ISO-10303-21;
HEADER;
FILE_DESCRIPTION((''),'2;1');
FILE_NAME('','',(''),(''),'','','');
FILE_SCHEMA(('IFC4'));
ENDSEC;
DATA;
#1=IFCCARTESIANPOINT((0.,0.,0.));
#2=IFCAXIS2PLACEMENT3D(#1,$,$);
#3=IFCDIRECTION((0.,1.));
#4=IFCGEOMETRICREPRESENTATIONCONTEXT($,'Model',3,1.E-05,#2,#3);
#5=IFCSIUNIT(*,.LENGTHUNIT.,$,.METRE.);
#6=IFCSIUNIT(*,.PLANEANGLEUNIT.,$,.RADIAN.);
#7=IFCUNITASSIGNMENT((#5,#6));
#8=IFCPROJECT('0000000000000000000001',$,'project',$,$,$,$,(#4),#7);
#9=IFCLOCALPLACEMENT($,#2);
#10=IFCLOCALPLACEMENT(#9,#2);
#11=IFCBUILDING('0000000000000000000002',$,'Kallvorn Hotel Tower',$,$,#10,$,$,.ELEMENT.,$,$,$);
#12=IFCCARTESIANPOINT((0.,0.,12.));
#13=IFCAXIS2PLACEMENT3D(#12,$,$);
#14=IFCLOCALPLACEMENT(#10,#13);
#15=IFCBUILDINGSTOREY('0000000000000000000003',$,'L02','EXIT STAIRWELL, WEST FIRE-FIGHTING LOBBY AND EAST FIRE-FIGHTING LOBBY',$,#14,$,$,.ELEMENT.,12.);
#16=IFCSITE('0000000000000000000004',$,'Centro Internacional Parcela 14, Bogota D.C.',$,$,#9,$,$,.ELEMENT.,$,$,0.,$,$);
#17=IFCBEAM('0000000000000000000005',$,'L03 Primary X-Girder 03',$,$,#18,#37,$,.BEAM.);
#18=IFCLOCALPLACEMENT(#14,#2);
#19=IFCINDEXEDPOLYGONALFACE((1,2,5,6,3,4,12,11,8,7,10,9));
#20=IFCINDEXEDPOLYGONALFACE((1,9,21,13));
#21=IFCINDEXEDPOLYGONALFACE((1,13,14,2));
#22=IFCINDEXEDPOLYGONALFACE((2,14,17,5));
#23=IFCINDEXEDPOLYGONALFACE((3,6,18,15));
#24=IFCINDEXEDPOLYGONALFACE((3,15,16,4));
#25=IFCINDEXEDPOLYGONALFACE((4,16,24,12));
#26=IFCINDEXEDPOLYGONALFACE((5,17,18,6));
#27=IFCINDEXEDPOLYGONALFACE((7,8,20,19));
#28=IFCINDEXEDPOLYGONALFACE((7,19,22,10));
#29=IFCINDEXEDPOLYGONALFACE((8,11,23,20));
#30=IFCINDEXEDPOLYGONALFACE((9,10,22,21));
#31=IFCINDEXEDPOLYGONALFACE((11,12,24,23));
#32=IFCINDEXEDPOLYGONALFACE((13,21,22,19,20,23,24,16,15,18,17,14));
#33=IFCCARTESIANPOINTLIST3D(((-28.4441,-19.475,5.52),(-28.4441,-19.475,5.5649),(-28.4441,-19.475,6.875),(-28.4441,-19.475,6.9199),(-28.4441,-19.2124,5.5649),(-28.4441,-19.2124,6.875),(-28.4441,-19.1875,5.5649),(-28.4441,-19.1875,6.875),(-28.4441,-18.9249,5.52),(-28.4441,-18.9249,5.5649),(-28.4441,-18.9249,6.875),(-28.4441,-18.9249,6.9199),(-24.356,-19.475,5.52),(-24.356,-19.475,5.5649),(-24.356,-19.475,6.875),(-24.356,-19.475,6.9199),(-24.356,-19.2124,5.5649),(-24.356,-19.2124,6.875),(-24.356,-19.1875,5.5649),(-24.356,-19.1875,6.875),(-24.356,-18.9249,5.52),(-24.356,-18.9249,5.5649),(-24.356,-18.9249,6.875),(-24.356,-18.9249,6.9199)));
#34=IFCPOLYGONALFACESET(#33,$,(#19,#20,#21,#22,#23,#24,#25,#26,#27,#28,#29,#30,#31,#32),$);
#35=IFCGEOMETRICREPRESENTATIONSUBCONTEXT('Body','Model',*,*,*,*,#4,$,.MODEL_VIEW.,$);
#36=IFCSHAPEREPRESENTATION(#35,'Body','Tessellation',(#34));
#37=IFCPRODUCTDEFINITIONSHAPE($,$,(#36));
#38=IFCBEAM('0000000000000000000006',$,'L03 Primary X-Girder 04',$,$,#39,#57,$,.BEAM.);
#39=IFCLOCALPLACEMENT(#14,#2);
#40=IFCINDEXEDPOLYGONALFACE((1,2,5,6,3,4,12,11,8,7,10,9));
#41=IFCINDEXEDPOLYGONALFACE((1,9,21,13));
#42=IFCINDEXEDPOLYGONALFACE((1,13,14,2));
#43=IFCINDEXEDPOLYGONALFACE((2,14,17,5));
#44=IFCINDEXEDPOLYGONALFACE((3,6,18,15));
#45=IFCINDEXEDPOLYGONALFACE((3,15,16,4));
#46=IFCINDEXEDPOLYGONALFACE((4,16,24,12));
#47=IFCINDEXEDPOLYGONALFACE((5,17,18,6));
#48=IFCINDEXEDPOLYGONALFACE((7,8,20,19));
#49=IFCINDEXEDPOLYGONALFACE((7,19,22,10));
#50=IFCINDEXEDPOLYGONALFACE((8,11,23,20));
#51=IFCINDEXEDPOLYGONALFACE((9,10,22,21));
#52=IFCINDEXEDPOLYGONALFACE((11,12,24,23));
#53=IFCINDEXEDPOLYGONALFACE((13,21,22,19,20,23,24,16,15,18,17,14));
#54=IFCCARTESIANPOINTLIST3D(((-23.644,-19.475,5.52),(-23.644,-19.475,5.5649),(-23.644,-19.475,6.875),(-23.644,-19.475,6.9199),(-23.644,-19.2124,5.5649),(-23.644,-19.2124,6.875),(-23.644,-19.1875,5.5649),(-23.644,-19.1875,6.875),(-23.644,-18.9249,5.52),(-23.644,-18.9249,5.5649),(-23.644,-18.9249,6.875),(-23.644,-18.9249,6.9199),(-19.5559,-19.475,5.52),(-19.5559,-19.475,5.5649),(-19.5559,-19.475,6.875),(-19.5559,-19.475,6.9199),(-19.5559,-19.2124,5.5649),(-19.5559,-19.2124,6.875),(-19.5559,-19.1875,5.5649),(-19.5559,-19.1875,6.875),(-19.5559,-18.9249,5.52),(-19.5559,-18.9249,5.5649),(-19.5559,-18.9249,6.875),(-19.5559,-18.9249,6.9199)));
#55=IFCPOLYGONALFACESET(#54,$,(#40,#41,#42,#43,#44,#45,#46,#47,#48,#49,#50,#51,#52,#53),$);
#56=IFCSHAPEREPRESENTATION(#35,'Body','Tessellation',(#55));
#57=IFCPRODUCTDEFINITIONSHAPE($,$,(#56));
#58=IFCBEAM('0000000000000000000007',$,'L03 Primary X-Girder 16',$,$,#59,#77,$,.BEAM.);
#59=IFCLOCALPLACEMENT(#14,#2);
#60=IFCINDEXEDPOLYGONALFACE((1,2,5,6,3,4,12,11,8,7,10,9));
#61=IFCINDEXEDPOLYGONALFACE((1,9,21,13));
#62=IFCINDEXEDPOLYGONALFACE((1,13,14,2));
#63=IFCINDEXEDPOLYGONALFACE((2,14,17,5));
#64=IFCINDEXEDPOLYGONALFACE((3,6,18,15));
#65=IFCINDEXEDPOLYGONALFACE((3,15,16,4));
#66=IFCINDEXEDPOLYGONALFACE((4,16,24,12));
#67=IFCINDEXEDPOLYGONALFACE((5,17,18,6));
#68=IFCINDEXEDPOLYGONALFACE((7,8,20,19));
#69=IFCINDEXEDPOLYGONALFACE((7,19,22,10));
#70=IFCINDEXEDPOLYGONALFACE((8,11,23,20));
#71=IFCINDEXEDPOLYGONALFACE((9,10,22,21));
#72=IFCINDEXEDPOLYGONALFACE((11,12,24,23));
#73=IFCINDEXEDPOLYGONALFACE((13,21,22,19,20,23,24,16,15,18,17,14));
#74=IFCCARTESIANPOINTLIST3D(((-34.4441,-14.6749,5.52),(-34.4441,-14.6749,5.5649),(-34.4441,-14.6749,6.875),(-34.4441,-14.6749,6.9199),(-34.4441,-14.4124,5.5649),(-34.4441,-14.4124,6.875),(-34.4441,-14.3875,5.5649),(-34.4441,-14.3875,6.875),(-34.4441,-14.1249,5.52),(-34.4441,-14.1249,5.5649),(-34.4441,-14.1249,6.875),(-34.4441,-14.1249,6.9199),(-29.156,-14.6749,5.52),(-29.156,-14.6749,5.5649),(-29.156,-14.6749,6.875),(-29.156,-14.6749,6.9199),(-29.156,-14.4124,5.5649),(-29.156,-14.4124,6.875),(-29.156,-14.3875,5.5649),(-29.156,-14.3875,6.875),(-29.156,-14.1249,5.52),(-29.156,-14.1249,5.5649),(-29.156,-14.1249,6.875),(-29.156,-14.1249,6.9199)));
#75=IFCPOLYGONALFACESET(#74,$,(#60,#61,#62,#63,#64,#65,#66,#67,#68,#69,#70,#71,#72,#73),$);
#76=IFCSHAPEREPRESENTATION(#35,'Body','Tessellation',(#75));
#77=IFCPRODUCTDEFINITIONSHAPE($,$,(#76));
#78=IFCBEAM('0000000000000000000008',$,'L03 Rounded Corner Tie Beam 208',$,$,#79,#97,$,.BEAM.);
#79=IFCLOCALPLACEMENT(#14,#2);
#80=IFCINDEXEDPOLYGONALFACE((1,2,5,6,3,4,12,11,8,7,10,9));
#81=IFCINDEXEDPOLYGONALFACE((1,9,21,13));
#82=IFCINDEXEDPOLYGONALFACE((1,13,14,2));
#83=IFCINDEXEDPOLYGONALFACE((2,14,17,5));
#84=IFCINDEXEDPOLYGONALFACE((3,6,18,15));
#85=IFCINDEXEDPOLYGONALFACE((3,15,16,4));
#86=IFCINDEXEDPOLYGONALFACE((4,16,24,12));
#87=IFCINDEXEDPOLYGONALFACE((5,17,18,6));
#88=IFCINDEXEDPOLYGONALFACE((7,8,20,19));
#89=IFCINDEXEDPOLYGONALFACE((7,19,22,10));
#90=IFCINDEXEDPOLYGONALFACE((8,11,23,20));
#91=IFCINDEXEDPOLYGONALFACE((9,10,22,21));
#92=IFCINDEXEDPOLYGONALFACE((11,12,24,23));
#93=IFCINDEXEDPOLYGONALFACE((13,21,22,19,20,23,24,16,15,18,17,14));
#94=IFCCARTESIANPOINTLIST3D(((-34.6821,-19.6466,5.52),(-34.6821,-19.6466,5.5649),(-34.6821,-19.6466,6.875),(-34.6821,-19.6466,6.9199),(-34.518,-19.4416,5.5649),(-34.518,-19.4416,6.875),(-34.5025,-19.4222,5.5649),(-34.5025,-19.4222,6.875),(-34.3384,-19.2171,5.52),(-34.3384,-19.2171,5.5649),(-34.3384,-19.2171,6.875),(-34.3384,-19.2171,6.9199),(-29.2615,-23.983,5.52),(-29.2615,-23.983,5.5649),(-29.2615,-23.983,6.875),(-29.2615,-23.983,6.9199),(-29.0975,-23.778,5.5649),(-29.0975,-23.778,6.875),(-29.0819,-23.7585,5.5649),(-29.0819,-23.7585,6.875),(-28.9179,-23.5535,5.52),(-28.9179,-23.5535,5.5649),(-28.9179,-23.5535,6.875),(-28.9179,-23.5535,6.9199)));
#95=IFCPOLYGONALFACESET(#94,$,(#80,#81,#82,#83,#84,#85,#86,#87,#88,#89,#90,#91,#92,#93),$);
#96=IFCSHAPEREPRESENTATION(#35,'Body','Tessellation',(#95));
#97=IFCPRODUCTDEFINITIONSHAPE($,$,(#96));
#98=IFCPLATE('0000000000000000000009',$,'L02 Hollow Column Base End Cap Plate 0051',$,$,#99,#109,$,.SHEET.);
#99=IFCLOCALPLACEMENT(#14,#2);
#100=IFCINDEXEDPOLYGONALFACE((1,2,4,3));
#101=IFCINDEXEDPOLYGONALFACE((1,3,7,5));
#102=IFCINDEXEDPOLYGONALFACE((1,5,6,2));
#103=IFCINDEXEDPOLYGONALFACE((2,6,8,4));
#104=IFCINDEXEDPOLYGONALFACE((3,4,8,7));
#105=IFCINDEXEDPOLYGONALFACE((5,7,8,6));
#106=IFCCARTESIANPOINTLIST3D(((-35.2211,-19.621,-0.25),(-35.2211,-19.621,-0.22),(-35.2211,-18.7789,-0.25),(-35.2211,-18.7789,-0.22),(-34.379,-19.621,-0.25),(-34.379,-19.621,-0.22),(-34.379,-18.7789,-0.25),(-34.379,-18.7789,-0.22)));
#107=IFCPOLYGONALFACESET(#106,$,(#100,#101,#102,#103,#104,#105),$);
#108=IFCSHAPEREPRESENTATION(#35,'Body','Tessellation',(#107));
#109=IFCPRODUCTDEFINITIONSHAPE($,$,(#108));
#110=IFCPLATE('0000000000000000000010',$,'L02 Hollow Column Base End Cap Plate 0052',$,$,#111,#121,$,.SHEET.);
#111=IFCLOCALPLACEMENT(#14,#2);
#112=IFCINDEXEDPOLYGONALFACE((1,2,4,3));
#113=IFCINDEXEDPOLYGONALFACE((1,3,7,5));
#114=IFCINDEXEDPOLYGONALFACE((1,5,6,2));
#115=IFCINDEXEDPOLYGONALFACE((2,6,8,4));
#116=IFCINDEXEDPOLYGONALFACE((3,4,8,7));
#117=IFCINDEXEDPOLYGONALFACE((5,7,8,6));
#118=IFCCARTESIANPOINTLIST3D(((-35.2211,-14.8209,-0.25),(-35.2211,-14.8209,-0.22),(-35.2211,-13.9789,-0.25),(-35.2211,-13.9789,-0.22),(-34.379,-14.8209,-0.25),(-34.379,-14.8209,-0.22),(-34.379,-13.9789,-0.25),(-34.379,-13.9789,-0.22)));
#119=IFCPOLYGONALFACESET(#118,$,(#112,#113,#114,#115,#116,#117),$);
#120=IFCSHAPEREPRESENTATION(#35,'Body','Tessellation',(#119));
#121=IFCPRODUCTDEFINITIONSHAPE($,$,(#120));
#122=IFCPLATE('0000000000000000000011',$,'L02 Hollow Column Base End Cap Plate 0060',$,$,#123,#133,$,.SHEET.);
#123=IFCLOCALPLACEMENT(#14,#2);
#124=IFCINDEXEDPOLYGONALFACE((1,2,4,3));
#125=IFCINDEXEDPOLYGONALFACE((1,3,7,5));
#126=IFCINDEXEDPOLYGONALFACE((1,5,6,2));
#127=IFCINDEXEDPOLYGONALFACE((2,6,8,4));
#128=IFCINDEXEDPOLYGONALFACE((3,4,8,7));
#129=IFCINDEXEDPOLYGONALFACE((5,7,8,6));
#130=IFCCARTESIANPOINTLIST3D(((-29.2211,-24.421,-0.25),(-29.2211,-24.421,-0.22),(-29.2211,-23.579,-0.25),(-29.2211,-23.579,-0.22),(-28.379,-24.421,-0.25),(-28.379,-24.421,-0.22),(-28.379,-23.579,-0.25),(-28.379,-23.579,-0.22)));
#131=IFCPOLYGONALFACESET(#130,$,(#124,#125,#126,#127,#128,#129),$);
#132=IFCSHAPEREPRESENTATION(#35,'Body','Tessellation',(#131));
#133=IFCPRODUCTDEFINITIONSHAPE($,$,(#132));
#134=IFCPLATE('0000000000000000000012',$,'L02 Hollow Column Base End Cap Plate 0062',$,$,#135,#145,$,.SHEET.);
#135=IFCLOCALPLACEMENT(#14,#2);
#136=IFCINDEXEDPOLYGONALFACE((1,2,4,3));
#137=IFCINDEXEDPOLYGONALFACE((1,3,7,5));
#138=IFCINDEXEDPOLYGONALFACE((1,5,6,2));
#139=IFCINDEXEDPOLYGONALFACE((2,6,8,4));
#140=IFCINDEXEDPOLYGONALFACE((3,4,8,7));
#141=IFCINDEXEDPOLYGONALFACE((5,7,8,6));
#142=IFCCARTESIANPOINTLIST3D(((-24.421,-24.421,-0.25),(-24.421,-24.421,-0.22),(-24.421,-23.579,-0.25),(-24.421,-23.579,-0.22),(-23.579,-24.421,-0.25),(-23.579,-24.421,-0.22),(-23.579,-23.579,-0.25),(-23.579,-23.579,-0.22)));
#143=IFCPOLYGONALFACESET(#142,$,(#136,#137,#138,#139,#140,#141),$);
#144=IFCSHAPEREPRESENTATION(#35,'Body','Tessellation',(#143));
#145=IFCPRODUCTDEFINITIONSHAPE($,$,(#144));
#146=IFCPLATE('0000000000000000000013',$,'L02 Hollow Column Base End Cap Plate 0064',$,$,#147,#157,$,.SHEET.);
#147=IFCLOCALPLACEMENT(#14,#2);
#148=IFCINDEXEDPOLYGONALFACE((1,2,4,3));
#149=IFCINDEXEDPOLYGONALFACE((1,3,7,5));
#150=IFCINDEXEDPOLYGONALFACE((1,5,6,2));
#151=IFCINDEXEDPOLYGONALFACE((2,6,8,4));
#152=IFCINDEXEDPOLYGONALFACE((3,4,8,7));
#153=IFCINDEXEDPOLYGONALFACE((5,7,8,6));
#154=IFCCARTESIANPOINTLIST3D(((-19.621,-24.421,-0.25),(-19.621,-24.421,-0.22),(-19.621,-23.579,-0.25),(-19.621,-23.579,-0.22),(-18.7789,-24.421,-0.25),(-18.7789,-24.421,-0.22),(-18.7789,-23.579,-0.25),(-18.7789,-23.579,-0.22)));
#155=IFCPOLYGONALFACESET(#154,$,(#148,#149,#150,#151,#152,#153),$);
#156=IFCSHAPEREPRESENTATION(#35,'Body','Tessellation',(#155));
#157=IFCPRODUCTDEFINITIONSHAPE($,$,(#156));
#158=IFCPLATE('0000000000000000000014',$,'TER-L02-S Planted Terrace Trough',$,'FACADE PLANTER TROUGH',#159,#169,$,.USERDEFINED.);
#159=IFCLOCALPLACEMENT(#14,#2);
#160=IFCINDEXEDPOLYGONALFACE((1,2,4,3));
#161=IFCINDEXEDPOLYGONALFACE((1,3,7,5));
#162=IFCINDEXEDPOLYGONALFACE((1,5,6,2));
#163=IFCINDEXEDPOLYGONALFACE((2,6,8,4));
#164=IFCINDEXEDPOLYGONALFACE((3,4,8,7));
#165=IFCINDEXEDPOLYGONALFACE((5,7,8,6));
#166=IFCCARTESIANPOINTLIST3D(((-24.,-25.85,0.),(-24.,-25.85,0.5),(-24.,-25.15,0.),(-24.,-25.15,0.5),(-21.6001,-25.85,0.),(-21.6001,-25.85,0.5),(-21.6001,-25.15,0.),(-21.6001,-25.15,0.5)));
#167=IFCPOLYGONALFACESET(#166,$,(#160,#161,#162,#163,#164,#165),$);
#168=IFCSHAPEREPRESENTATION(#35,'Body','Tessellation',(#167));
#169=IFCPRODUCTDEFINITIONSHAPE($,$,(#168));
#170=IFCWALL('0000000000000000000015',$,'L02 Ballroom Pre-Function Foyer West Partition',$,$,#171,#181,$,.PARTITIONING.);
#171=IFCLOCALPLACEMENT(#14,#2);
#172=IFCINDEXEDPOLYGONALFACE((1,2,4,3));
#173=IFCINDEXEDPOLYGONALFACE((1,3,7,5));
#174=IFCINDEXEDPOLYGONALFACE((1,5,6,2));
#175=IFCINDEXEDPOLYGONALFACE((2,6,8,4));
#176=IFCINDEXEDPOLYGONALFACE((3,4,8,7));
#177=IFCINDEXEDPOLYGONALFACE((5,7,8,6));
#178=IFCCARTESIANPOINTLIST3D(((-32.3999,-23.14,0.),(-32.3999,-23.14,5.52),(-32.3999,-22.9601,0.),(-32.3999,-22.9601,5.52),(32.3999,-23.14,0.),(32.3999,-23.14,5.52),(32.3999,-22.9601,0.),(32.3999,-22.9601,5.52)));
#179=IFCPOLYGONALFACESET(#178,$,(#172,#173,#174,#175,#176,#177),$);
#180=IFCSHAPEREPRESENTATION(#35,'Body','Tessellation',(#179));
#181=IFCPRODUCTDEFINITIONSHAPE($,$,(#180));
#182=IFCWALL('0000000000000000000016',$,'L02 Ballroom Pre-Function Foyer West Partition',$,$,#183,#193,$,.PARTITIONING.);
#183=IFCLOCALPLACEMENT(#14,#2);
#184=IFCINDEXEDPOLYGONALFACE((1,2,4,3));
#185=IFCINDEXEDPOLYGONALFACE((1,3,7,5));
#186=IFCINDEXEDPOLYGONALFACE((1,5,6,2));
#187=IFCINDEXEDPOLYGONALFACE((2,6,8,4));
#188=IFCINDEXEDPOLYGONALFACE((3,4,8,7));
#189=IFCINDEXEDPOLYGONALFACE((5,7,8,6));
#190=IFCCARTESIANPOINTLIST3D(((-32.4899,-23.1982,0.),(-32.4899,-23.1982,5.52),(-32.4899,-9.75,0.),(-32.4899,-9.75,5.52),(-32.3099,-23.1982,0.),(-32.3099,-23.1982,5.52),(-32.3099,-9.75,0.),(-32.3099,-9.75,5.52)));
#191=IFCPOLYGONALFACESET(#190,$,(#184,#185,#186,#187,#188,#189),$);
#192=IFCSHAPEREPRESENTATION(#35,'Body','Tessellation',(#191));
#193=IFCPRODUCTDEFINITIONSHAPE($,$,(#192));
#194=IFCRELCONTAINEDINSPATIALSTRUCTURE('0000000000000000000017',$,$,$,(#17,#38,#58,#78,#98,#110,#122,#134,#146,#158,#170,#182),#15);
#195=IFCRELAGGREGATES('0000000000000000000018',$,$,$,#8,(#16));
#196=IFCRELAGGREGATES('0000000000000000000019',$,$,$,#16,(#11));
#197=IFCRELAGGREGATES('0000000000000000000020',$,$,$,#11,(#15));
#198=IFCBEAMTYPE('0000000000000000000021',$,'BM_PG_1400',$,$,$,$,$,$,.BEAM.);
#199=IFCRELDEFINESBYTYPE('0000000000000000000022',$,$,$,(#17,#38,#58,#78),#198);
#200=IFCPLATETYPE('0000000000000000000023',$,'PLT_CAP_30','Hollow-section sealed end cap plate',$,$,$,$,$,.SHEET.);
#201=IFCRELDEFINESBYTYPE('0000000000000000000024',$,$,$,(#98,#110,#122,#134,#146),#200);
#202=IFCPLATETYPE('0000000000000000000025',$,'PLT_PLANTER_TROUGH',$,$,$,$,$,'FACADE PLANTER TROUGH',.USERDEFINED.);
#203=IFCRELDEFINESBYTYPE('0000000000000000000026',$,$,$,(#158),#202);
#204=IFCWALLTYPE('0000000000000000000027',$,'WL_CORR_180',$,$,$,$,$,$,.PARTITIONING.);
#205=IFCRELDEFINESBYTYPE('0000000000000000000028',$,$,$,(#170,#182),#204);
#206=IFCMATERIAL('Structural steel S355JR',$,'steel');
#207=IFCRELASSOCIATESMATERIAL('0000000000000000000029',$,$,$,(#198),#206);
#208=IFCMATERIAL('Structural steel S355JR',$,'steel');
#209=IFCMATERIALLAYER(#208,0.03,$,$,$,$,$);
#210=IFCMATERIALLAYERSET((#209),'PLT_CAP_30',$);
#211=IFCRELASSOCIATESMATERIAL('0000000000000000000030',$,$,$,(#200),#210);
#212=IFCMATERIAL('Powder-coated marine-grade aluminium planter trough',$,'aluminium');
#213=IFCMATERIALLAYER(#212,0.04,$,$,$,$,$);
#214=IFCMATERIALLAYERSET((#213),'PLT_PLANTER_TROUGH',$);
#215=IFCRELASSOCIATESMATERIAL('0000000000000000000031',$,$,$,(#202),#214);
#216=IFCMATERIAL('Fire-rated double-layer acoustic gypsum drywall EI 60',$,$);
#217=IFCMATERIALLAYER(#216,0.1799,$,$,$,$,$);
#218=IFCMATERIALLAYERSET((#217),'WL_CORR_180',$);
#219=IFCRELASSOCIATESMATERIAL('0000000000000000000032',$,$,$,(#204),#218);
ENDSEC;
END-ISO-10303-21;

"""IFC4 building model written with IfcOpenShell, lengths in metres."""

from ifc_helpers import new_model, si_unit, direction, frame, frame_2d, origin, origin_2d, place, context, subcontext, project, spatial, rectangle, i_section, extrude, material, layer, layer_set, material_profile, profile_set, type_object, element, save


model = new_model("IFC4")

# Units and contexts
model_context = context("Model", 3, precision=1e-05, world=origin(), true_north=direction((0.0, 1.0)))
body_context = subcontext(model_context, "Body", "Model", "MODEL_VIEW")
ifc_project = project(units=[si_unit("LENGTHUNIT", "METRE"), si_unit("PLANEANGLEUNIT", "RADIAN")], contexts=[model_context])

# Site, building, storey
site_placement = place(None, origin())
site = spatial("IfcSite", under=ifc_project, at=site_placement, Name="Centro Internacional Parcela 14, Bogota D.C.", CompositionType="ELEMENT", RefElevation=0.0)
building_placement = place(site_placement, origin())
building = spatial("IfcBuilding", under=site, at=building_placement, Name="Kallvorn Hotel Tower", CompositionType="ELEMENT")
storey_placement = place(building_placement, frame((0.0, 0.0, 12.0)))
storey = spatial("IfcBuildingStorey", under=building, at=storey_placement, Name="L02", Description="EXIT STAIRWELL, WEST FIRE-FIGHTING LOBBY AND EAST FIRE-FIGHTING LOBBY", CompositionType="ELEMENT", Elevation=12.0)

# Beams
ifc_material_1 = material(Name="Structural steel S355JR", Category="steel")
ifc_material_profile_1 = material_profile(ifc_material_1, i_section(OverallWidth=0.55, OverallDepth=1.3999, WebThickness=0.0249, FlangeThickness=0.0449, at=origin_2d()), Name="PG 1400x550x25x45")
ifc_profile_set_1 = profile_set([ifc_material_profile_1], Name="Structural steel S355JR")
beam_type_1 = type_object("IfcBeamType", Name="BM_PG_1400", PredefinedType="BEAM", material=ifc_profile_set_1)
for number, where, z_axis, x_axis, name in (
    (1, (-28.4441, -19.2, 6.22), (1.0, 0.0, 0.0), (0.0, 1.0, 0.0), "L03 Primary X-Girder 03"),
    (2, (-23.644, -19.2, 6.22), (1.0, 0.0, 0.0), (0.0, 1.0, 0.0), "L03 Primary X-Girder 04"),
):
    element("IfcBeam", number, at=place(storey_placement, frame(where, z_axis=z_axis, x_axis=x_axis)), inside=storey, type_object=beam_type_1, Name=name, PredefinedType="BEAM", context=body_context, shape_type="SweptSolid", body=[
        extrude(i_section(OverallWidth=0.55, OverallDepth=1.3999, WebThickness=0.0249, FlangeThickness=0.0449, at=origin_2d()), origin(), (0.0, 0.0, 1.0), 4.0881),
    ])
beam_1_placement = place(storey_placement, frame((-34.4441, -14.3999, 6.22), z_axis=(1.0, 0.0, 0.0), x_axis=(0.0, 1.0, 0.0)))
element("IfcBeam", 3, at=beam_1_placement, inside=storey, type_object=beam_type_1, Name="L03 Primary X-Girder 16", PredefinedType="BEAM", context=body_context, shape_type="SweptSolid", body=[
    extrude(i_section(OverallWidth=0.55, OverallDepth=1.3999, WebThickness=0.0249, FlangeThickness=0.0449, at=origin_2d()), origin(), (0.0, 0.0, 1.0), 5.2881),
])
beam_2_placement = place(storey_placement, frame((-34.5103, -19.4319, 6.22), z_axis=(0.780876, -0.624686, 0.0), x_axis=(0.624686, 0.780876, 0.0)))
element("IfcBeam", 4, at=beam_2_placement, inside=storey, type_object=beam_type_1, Name="L03 Rounded Corner Tie Beam 208", PredefinedType="BEAM", context=body_context, shape_type="SweptSolid", body=[
    extrude(i_section(OverallWidth=0.55, OverallDepth=1.3999, WebThickness=0.0249, FlangeThickness=0.0449, at=origin_2d()), origin(), (0.0, 0.0, 1.0), 6.9417),
])

# Plates
ifc_material_2 = material(Name="Structural steel S355JR", Category="steel")
ifc_layer_1 = layer(ifc_material_2, 0.03)
ifc_layer_set_1 = layer_set([ifc_layer_1], Name="PLT_CAP_30")
plate_type_1 = type_object("IfcPlateType", Name="PLT_CAP_30", Description="Hollow-section sealed end cap plate", PredefinedType="SHEET", material=ifc_layer_set_1)
for number, where, z_axis, x_axis, name in (
    (5, (-34.8, -19.2, -0.25), (0.0, 0.0, 1.0), (1.0, 0.0, 0.0), "L02 Hollow Column Base End Cap Plate 0051"),
    (6, (-34.8, -14.3999, -0.25), (0.0, 0.0, 1.0), (1.0, 0.0, 0.0), "L02 Hollow Column Base End Cap Plate 0052"),
    (7, (-28.8, -24.0, -0.25), (0.0, 0.0, 1.0), (1.0, 0.0, 0.0), "L02 Hollow Column Base End Cap Plate 0060"),
    (8, (-24.0, -24.0, -0.25), (0.0, 0.0, 1.0), (1.0, 0.0, 0.0), "L02 Hollow Column Base End Cap Plate 0062"),
    (9, (-19.2, -24.0, -0.25), (0.0, 0.0, 1.0), (1.0, 0.0, 0.0), "L02 Hollow Column Base End Cap Plate 0064"),
):
    element("IfcPlate", number, at=place(storey_placement, frame(where, z_axis=z_axis, x_axis=x_axis)), inside=storey, type_object=plate_type_1, Name=name, PredefinedType="SHEET", context=body_context, shape_type="SweptSolid", body=[
        extrude(rectangle(XDim=0.842, YDim=0.842, at=origin_2d()), origin(), (0.0, 0.0, 1.0), 0.03),
    ])
ifc_material_3 = material(Name="Powder-coated marine-grade aluminium planter trough", Category="aluminium")
ifc_layer_2 = layer(ifc_material_3, 0.04)
ifc_layer_set_2 = layer_set([ifc_layer_2], Name="PLT_PLANTER_TROUGH")
plate_type_2 = type_object("IfcPlateType", Name="PLT_PLANTER_TROUGH", ElementType="FACADE PLANTER TROUGH", PredefinedType="USERDEFINED", material=ifc_layer_set_2)
plate_placement = place(storey_placement, frame((-22.8, -25.5, 0.0), z_axis=(0.0, 0.0, 1.0), x_axis=(1.0, 0.0, 0.0)))
element("IfcPlate", 10, at=plate_placement, inside=storey, type_object=plate_type_2, Name="TER-L02-S Planted Terrace Trough", ObjectType="FACADE PLANTER TROUGH", PredefinedType="USERDEFINED", context=body_context, shape_type="SweptSolid", body=[
    extrude(rectangle(XDim=2.3999, YDim=0.7, at=origin_2d()), origin(), (0.0, 0.0, 1.0), 0.5),
])

# Walls
ifc_material_4 = material(Name="Fire-rated double-layer acoustic gypsum drywall EI 60")
ifc_layer_3 = layer(ifc_material_4, 0.1799)
ifc_layer_set_3 = layer_set([ifc_layer_3], Name="WL_CORR_180")
wall_type_1 = type_object("IfcWallType", Name="WL_CORR_180", PredefinedType="PARTITIONING", material=ifc_layer_set_3)
wall_1_placement = place(storey_placement, frame((-32.3999, -23.05, 0.0), z_axis=(0.0, 0.0, 1.0), x_axis=(1.0, 0.0, 0.0)))
element("IfcWall", 11, at=wall_1_placement, inside=storey, type_object=wall_type_1, Name="L02 Ballroom Pre-Function Foyer West Partition", PredefinedType="PARTITIONING", context=body_context, shape_type="SweptSolid", body=[
    extrude(rectangle(XDim=64.7998, YDim=0.1799, at=frame_2d((32.3999, 0.0))), origin(), (0.0, 0.0, 1.0), 5.52),
])
wall_2_placement = place(storey_placement, frame((-32.3999, -23.1982, 0.0), z_axis=(0.0, 0.0, 1.0), x_axis=(0.0, 1.0, 0.0)))
element("IfcWall", 12, at=wall_2_placement, inside=storey, type_object=wall_type_1, Name="L02 Ballroom Pre-Function Foyer West Partition", PredefinedType="PARTITIONING", context=body_context, shape_type="SweptSolid", body=[
    extrude(rectangle(XDim=13.4482, YDim=0.1799, at=frame_2d((6.7241, 0.0))), origin(), (0.0, 0.0, 1.0), 5.52),
])

save(model, "model.ifc")
